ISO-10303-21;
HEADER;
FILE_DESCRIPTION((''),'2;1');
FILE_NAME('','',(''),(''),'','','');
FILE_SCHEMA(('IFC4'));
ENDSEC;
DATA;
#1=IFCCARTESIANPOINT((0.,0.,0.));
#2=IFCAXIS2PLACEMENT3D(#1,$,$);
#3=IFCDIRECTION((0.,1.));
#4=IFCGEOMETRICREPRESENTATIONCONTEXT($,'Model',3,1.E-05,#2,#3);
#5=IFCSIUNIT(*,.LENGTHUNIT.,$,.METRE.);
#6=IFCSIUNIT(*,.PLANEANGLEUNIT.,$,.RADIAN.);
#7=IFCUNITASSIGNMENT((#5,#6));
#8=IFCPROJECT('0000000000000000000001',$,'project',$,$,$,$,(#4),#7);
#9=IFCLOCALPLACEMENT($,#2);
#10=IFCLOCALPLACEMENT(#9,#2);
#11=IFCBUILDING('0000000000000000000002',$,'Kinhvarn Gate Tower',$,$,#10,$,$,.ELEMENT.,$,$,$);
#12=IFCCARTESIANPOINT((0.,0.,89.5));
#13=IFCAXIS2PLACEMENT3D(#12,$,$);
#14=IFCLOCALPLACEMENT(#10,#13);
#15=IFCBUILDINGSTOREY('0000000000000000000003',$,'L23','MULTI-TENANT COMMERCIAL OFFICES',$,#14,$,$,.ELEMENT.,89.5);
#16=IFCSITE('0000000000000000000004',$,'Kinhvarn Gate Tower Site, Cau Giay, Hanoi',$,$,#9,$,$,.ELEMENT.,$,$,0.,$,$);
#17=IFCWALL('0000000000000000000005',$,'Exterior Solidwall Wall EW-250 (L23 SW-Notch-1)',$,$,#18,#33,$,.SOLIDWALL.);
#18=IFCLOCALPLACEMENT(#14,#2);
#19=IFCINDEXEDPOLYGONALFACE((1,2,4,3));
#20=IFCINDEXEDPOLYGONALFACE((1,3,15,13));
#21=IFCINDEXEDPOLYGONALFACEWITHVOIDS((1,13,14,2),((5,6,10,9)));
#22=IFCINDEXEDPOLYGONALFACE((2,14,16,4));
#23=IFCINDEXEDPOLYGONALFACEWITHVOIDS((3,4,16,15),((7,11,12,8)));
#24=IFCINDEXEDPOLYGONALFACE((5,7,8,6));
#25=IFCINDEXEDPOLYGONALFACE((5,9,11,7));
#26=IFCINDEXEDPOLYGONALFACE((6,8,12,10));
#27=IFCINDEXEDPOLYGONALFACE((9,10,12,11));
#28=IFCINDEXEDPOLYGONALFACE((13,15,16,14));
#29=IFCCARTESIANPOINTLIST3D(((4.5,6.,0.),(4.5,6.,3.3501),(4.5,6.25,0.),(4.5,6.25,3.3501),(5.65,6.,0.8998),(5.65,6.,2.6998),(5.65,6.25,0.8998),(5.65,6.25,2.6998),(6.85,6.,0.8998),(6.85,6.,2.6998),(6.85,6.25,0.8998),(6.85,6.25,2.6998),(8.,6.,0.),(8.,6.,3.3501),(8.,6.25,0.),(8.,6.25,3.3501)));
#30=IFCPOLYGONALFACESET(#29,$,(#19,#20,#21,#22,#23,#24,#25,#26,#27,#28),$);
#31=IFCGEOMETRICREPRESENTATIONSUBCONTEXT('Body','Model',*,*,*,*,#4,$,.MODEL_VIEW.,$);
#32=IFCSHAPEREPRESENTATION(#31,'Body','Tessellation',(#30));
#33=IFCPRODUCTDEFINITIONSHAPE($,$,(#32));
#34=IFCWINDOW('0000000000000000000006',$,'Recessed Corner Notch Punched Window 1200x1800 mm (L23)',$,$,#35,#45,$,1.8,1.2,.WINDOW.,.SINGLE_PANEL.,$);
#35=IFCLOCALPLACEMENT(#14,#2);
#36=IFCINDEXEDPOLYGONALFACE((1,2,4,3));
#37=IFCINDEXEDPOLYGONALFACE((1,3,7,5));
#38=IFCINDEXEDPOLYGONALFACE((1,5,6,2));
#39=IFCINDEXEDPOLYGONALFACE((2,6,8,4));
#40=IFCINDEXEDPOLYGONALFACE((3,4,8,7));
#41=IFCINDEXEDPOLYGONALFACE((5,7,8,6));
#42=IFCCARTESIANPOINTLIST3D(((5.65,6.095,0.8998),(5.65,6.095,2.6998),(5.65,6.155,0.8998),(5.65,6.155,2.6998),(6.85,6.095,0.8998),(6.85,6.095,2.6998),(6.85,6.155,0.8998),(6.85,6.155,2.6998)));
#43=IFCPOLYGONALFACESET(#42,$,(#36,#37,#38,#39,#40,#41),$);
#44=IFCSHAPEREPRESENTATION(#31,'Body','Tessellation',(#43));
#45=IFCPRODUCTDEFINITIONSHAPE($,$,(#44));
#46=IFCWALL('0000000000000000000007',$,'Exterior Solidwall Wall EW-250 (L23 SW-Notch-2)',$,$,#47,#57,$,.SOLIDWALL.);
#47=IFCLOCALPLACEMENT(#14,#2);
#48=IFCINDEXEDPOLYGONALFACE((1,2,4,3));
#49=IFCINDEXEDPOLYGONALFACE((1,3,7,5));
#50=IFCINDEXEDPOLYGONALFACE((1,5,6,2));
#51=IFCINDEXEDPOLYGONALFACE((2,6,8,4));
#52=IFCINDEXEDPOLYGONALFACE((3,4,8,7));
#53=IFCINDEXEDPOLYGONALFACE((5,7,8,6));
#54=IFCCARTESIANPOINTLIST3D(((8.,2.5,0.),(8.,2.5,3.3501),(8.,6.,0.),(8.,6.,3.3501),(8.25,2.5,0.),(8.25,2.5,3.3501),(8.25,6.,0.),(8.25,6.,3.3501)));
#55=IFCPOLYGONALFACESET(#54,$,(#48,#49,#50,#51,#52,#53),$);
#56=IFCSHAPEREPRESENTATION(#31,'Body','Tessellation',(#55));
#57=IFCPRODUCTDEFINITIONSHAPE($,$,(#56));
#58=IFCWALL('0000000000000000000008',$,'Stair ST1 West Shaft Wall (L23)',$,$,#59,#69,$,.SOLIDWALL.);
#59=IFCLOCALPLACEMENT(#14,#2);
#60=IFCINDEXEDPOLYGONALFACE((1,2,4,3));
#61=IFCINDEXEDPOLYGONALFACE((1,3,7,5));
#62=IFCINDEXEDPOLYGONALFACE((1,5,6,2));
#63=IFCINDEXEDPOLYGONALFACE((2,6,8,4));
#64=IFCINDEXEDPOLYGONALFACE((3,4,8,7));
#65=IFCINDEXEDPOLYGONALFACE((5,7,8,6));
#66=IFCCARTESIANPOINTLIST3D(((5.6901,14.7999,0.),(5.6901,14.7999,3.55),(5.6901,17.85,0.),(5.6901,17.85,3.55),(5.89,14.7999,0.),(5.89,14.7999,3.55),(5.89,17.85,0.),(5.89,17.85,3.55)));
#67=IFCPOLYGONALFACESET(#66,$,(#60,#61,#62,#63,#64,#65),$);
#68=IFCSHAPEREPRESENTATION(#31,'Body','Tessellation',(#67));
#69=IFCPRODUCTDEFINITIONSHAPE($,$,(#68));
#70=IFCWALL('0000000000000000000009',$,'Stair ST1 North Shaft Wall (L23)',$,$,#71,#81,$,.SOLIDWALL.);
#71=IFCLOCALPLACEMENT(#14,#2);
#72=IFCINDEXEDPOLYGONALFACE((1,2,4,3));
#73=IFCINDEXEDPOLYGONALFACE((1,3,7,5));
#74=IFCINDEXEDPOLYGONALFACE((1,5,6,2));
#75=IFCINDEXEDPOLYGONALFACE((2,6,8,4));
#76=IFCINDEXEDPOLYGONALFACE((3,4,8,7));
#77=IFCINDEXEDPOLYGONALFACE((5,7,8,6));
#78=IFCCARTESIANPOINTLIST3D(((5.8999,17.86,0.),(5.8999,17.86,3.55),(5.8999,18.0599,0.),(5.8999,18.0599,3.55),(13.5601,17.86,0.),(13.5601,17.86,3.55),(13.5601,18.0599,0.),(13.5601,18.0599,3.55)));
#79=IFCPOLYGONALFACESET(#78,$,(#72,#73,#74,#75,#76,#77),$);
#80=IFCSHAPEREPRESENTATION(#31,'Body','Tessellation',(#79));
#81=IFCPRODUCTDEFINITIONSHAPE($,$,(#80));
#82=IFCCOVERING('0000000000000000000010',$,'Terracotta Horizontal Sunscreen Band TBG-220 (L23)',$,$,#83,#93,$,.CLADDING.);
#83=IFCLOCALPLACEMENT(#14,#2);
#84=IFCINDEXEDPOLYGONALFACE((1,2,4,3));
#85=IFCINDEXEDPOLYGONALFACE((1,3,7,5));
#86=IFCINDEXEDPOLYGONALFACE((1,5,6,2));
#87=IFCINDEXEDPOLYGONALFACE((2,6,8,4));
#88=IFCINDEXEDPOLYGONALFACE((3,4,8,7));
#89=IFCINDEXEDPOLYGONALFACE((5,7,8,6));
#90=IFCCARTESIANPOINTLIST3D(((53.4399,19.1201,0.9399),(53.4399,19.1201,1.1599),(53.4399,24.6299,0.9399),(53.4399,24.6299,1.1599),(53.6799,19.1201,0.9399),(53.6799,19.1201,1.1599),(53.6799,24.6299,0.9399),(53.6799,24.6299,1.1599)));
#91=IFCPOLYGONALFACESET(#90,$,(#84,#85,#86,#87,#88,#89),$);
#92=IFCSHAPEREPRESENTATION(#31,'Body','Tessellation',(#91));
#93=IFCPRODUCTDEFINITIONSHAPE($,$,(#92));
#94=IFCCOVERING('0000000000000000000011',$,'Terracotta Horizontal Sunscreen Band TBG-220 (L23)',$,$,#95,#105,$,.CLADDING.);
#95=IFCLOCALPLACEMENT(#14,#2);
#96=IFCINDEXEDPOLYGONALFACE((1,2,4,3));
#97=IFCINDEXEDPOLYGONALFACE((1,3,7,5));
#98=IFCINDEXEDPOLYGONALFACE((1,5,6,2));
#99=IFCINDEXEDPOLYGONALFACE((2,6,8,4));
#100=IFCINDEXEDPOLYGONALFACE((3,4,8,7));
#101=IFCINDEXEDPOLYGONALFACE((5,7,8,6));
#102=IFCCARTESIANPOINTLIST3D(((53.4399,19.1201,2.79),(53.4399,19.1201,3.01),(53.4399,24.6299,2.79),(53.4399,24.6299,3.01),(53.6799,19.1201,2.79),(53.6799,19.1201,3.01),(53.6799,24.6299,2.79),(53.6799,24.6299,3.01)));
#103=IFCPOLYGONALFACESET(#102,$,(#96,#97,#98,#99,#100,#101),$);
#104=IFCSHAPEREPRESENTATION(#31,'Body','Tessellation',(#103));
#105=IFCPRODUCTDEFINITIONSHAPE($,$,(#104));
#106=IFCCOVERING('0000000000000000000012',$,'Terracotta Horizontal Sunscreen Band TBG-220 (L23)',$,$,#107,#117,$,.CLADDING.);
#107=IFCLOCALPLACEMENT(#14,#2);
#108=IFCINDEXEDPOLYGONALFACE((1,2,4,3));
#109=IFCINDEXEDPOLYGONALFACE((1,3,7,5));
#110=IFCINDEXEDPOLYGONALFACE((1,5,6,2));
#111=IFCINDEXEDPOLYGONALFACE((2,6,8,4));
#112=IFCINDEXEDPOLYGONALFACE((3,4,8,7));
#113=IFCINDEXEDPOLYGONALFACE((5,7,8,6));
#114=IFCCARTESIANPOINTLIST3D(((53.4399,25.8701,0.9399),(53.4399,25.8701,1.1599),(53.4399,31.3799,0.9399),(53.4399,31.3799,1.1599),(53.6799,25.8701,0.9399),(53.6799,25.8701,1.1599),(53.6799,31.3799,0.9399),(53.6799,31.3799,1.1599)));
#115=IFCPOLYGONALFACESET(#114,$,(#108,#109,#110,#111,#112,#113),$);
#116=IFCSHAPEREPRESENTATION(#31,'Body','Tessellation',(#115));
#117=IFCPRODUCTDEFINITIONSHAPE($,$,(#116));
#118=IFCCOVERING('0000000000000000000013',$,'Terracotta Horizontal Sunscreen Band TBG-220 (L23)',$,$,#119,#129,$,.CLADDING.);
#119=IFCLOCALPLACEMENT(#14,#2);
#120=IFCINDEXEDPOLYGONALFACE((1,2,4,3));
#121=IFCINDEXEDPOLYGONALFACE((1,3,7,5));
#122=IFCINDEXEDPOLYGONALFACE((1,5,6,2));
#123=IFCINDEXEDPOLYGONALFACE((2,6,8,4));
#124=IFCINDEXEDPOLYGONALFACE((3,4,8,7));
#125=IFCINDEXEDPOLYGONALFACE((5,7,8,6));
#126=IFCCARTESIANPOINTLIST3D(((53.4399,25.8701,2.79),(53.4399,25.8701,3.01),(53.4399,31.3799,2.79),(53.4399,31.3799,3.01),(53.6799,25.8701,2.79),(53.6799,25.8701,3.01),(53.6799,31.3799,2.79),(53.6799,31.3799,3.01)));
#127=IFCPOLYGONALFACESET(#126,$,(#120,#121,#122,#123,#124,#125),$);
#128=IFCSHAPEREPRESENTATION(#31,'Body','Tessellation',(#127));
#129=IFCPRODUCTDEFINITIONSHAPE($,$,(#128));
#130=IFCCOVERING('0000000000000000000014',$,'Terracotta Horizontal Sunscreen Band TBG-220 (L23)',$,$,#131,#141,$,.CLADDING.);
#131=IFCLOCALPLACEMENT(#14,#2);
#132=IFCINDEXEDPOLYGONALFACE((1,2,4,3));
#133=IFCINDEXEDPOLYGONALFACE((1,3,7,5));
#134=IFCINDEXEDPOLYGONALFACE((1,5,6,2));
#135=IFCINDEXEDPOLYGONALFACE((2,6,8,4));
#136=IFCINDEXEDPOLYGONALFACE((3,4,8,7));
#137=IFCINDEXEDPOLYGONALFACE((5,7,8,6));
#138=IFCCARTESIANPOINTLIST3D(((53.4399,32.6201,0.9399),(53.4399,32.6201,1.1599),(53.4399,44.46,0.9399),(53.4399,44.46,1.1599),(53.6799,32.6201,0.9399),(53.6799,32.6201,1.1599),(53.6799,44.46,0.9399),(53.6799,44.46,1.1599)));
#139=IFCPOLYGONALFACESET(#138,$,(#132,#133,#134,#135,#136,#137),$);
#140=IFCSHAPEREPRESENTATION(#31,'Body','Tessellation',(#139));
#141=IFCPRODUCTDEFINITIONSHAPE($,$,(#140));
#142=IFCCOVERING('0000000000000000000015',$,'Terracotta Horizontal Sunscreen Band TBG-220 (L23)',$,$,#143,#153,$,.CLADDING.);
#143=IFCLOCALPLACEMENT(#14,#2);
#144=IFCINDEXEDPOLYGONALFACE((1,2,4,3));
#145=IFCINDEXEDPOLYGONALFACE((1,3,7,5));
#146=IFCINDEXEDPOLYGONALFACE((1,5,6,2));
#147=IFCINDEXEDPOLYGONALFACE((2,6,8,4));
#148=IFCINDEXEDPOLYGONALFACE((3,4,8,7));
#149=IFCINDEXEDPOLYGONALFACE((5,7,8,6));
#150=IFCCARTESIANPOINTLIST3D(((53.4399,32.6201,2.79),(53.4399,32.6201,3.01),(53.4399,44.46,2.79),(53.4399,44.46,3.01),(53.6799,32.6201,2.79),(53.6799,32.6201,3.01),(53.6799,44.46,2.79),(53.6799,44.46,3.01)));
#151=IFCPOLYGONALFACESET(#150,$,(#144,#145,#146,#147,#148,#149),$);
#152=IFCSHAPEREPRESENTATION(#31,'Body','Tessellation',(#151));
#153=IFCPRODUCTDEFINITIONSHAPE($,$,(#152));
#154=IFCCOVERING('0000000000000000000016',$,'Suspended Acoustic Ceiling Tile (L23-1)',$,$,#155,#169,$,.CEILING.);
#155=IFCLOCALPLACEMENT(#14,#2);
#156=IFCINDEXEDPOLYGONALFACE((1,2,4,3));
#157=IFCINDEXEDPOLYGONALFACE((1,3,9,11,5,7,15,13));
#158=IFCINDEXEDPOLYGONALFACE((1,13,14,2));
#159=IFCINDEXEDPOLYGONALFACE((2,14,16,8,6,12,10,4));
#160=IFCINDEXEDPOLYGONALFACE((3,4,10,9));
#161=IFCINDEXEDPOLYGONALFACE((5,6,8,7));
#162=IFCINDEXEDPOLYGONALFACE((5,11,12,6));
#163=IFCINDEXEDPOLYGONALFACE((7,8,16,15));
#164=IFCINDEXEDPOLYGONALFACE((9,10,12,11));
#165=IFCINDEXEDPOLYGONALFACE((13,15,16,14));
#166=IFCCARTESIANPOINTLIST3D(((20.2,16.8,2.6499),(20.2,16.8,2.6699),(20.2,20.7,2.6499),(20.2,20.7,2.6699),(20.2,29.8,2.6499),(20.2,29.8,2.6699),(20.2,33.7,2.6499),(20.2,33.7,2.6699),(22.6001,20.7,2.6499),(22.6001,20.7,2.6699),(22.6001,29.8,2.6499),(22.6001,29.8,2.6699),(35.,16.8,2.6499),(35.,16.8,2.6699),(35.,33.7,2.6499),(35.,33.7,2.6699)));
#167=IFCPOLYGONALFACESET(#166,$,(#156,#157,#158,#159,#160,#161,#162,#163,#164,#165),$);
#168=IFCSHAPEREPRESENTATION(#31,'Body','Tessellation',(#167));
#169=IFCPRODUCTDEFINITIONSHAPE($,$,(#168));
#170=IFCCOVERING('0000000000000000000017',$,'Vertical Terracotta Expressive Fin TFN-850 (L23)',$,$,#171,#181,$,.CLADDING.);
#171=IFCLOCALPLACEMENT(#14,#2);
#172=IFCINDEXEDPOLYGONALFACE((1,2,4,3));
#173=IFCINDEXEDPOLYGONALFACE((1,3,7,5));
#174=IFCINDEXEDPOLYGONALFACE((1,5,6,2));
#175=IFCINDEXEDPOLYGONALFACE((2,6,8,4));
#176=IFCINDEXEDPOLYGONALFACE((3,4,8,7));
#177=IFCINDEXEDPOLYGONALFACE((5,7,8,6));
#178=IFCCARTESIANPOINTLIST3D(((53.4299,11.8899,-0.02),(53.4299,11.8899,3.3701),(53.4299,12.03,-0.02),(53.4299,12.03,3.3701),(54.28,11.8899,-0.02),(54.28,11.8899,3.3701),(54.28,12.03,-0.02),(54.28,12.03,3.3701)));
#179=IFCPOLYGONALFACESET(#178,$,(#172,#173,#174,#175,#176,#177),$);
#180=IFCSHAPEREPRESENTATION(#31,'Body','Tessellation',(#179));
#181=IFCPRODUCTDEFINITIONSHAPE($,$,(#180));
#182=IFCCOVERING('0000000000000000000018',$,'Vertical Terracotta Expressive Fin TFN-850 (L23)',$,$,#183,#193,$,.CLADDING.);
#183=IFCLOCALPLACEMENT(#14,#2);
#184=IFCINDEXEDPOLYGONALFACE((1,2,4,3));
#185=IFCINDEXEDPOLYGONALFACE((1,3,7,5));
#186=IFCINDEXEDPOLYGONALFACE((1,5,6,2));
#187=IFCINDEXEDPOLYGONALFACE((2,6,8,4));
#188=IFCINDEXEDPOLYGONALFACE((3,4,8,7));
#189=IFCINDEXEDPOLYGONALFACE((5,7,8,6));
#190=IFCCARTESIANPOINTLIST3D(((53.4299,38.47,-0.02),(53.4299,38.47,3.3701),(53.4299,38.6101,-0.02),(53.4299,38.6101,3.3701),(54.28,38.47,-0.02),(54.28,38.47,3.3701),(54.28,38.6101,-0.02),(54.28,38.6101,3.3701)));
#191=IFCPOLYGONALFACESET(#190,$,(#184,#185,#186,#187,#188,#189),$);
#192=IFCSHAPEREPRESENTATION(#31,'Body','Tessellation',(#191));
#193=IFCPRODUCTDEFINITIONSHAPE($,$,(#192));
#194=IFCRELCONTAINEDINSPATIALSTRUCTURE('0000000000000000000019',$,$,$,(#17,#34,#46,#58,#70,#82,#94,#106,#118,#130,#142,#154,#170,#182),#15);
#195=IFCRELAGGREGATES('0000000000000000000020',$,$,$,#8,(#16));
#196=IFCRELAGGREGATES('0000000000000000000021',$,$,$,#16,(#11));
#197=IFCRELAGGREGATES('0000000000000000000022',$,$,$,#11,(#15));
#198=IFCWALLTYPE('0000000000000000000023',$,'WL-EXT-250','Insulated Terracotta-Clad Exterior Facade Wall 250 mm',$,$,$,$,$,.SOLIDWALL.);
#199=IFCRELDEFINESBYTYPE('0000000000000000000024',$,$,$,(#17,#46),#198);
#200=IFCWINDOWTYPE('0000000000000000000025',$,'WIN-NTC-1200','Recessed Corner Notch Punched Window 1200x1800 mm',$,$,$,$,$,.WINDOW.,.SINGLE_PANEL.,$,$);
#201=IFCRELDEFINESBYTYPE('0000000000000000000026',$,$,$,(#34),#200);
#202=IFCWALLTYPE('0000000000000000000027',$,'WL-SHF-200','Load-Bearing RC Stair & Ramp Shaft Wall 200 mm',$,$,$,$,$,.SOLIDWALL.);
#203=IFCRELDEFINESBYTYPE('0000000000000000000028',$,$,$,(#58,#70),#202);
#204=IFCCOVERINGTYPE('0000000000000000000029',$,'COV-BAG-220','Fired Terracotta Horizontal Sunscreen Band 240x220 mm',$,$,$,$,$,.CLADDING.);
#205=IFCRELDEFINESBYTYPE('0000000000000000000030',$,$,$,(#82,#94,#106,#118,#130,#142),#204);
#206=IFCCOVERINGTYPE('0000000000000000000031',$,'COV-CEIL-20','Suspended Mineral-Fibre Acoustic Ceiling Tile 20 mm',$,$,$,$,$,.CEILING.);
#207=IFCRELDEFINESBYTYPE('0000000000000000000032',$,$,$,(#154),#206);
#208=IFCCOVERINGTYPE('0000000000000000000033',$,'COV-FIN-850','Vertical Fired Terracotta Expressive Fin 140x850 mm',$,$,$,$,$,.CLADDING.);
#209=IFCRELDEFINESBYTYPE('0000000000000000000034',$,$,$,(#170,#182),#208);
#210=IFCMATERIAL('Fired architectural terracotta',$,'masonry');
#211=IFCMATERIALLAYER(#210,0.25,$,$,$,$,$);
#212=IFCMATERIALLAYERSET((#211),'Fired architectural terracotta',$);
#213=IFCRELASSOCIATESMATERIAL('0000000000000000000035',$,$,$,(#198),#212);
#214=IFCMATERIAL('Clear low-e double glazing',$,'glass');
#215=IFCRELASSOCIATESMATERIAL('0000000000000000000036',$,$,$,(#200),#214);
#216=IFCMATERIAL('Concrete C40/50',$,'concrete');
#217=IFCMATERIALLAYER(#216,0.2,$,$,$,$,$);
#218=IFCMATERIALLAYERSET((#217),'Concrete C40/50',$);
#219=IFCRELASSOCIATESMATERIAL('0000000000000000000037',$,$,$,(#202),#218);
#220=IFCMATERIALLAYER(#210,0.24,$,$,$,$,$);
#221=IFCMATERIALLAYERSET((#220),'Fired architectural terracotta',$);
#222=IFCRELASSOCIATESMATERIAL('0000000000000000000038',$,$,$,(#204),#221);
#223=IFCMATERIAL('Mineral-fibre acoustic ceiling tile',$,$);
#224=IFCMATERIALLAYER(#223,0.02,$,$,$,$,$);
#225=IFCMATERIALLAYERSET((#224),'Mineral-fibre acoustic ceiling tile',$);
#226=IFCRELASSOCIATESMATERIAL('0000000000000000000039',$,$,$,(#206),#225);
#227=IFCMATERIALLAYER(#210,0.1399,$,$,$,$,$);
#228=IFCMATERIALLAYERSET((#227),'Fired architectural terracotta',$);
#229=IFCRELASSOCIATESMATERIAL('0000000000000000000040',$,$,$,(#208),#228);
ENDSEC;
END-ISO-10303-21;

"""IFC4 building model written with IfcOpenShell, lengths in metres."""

from ifc_helpers import new_model, si_unit, direction, frame, frame_2d, origin, place, context, subcontext, project, spatial, polyline, rectangle, outline, extrude, material, layer, layer_set, type_object, element, fill, save


model = new_model("IFC4")

# Units and contexts
model_context = context("Model", 3, precision=1e-05, world=origin(), true_north=direction((0.0, 1.0)))
body_context = subcontext(model_context, "Body", "Model", "MODEL_VIEW")
ifc_project = project(units=[si_unit("LENGTHUNIT", "METRE"), si_unit("PLANEANGLEUNIT", "RADIAN")], contexts=[model_context])

# Site, building, storey
site_placement = place(None, origin())
site = spatial("IfcSite", under=ifc_project, at=site_placement, Name="Kinhvarn Gate Tower Site, Cau Giay, Hanoi", CompositionType="ELEMENT", RefElevation=0.0)
building_placement = place(site_placement, origin())
building = spatial("IfcBuilding", under=site, at=building_placement, Name="Kinhvarn Gate Tower", CompositionType="ELEMENT")
storey_placement = place(building_placement, frame((0.0, 0.0, 89.5)))
storey = spatial("IfcBuildingStorey", under=building, at=storey_placement, Name="L23", Description="MULTI-TENANT COMMERCIAL OFFICES", CompositionType="ELEMENT", Elevation=89.5)

# Shared definitions
ifc_material_1 = material(Name="Clear low-e double glazing", Category="glass")

# Shared definitions
ifc_material_2 = material(Name="Concrete C40/50", Category="concrete")

# Wall, opening, window
ifc_material_3 = material(Name="Fired architectural terracotta", Category="masonry")
ifc_layer_1 = layer(ifc_material_3, 0.25)
ifc_layer_set_1 = layer_set([ifc_layer_1], Name="Fired architectural terracotta")
wall_type_1 = type_object("IfcWallType", Name="WL-EXT-250", Description="Insulated Terracotta-Clad Exterior Facade Wall 250 mm", PredefinedType="SOLIDWALL", material=ifc_layer_set_1)
wall_1_placement = place(storey_placement, frame((4.5, 6.125, 0.0), z_axis=(0.0, 0.0, 1.0), x_axis=(1.0, 0.0, 0.0)))
wall_1 = element("IfcWall", 1, at=wall_1_placement, inside=storey, type_object=wall_type_1, Name="Exterior Solidwall Wall EW-250 (L23 SW-Notch-1)", PredefinedType="SOLIDWALL", context=body_context, shape_type="SweptSolid", body=[
    extrude(rectangle(XDim=3.5, YDim=0.25, at=frame_2d((1.75, 0.0))), origin(), (0.0, 0.0, 1.0), 3.3501),
])
opening_1_placement = place(wall_1_placement, frame((1.1499, 0.0, 0.8999)))
opening_1 = element("IfcOpeningElement", 2, at=opening_1_placement, cuts=wall_1, PredefinedType="OPENING", context=body_context, shape_type="SweptSolid", body=[
    extrude(rectangle(XDim=1.2, YDim=1.8, at=frame_2d((0.6001, 0.8999))), frame((0.0, 0.135, 0.0), z_axis=(0.0, -1.0, 0.0), x_axis=(1.0, 0.0, 0.0)), (0.0, 0.0, 1.0), 0.27),
])
window_type_1 = type_object("IfcWindowType", Name="WIN-NTC-1200", Description="Recessed Corner Notch Punched Window 1200x1800 mm", PartitioningType="SINGLE_PANEL", PredefinedType="WINDOW", material=ifc_material_1)
window_1_placement = place(opening_1_placement, origin())
window_1 = element("IfcWindow", 3, at=window_1_placement, inside=storey, type_object=window_type_1, Name="Recessed Corner Notch Punched Window 1200x1800 mm (L23)", OverallHeight=1.8, OverallWidth=1.2, PartitioningType="SINGLE_PANEL", PredefinedType="WINDOW", context=body_context, shape_type="SweptSolid", body=[
    extrude(rectangle(XDim=1.2, YDim=1.8, at=frame_2d((0.6001, 0.8999))), frame((0.0, 0.03, 0.0), z_axis=(0.0, -1.0, 0.0), x_axis=(1.0, 0.0, 0.0)), (0.0, 0.0, 1.0), 0.0601),
])
fill(opening_1, window_1)

# Walls
wall_2_placement = place(storey_placement, frame((8.125, 6.0, 0.0), z_axis=(0.0, 0.0, 1.0), x_axis=(0.0, -1.0, 0.0)))
element("IfcWall", 4, at=wall_2_placement, inside=storey, type_object=wall_type_1, Name="Exterior Solidwall Wall EW-250 (L23 SW-Notch-2)", PredefinedType="SOLIDWALL", context=body_context, shape_type="SweptSolid", body=[
    extrude(rectangle(XDim=3.5, YDim=0.25, at=frame_2d((1.75, 0.0))), origin(), (0.0, 0.0, 1.0), 3.3501),
])
ifc_layer_2 = layer(ifc_material_2, 0.2)
ifc_layer_set_2 = layer_set([ifc_layer_2], Name="Concrete C40/50")
wall_type_2 = type_object("IfcWallType", Name="WL-SHF-200", Description="Load-Bearing RC Stair & Ramp Shaft Wall 200 mm", PredefinedType="SOLIDWALL", material=ifc_layer_set_2)
wall_3_placement = place(storey_placement, frame((5.79, 14.8, 0.0), z_axis=(0.0, 0.0, 1.0), x_axis=(0.0, 1.0, 0.0)))
element("IfcWall", 5, at=wall_3_placement, inside=storey, type_object=wall_type_2, Name="Stair ST1 West Shaft Wall (L23)", PredefinedType="SOLIDWALL", context=body_context, shape_type="SweptSolid", body=[
    extrude(rectangle(XDim=3.05, YDim=0.2, at=frame_2d((1.5249, 0.0))), origin(), (0.0, 0.0, 1.0), 3.55),
])
wall_4_placement = place(storey_placement, frame((5.8999, 17.96, 0.0), z_axis=(0.0, 0.0, 1.0), x_axis=(1.0, 0.0, 0.0)))
element("IfcWall", 6, at=wall_4_placement, inside=storey, type_object=wall_type_2, Name="Stair ST1 North Shaft Wall (L23)", PredefinedType="SOLIDWALL", context=body_context, shape_type="SweptSolid", body=[
    extrude(rectangle(XDim=7.6602, YDim=0.2, at=frame_2d((3.8301, 0.0))), origin(), (0.0, 0.0, 1.0), 3.55),
])

# Coverings
ifc_layer_3 = layer(ifc_material_3, 0.24)
ifc_layer_set_3 = layer_set([ifc_layer_3], Name="Fired architectural terracotta")
covering_type_1 = type_object("IfcCoveringType", Name="COV-BAG-220", Description="Fired Terracotta Horizontal Sunscreen Band 240x220 mm", PredefinedType="CLADDING", material=ifc_layer_set_3)
for number, where, name in (
    (7, (0.0, 0.0, 0.9399), "Terracotta Horizontal Sunscreen Band TBG-220 (L23)"),
    (8, (0.0, 0.0, 2.79), "Terracotta Horizontal Sunscreen Band TBG-220 (L23)"),
):
    element("IfcCovering", number, at=place(storey_placement, frame(where)), inside=storey, type_object=covering_type_1, Name=name, PredefinedType="CLADDING", context=body_context, shape_type="SweptSolid", body=[
        extrude(outline(polyline([(53.4399, 19.1201), (53.4399, 24.6299), (53.6799, 24.6299), (53.6799, 19.1201), (53.4399, 19.1201)])), origin(), (0.0, 0.0, 1.0), 0.22),
    ])
for number, where, name in (
    (9, (0.0, 0.0, 0.9399), "Terracotta Horizontal Sunscreen Band TBG-220 (L23)"),
    (10, (0.0, 0.0, 2.79), "Terracotta Horizontal Sunscreen Band TBG-220 (L23)"),
):
    element("IfcCovering", number, at=place(storey_placement, frame(where)), inside=storey, type_object=covering_type_1, Name=name, PredefinedType="CLADDING", context=body_context, shape_type="SweptSolid", body=[
        extrude(outline(polyline([(53.4399, 25.8701), (53.4399, 31.3799), (53.6799, 31.3799), (53.6799, 25.8701), (53.4399, 25.8701)])), origin(), (0.0, 0.0, 1.0), 0.22),
    ])
for number, where, name in (
    (11, (0.0, 0.0, 0.9399), "Terracotta Horizontal Sunscreen Band TBG-220 (L23)"),
    (12, (0.0, 0.0, 2.79), "Terracotta Horizontal Sunscreen Band TBG-220 (L23)"),
):
    element("IfcCovering", number, at=place(storey_placement, frame(where)), inside=storey, type_object=covering_type_1, Name=name, PredefinedType="CLADDING", context=body_context, shape_type="SweptSolid", body=[
        extrude(outline(polyline([(53.4399, 32.6201), (53.4399, 44.46), (53.6799, 44.46), (53.6799, 32.6201), (53.4399, 32.6201)])), origin(), (0.0, 0.0, 1.0), 0.22),
    ])
ifc_material_4 = material(Name="Mineral-fibre acoustic ceiling tile")
ifc_layer_4 = layer(ifc_material_4, 0.02)
ifc_layer_set_4 = layer_set([ifc_layer_4], Name="Mineral-fibre acoustic ceiling tile")
covering_type_2 = type_object("IfcCoveringType", Name="COV-CEIL-20", Description="Suspended Mineral-Fibre Acoustic Ceiling Tile 20 mm", PredefinedType="CEILING", material=ifc_layer_set_4)
covering_1_placement = place(storey_placement, frame((0.0, 0.0, 2.6499)))
element("IfcCovering", 13, at=covering_1_placement, inside=storey, type_object=covering_type_2, Name="Suspended Acoustic Ceiling Tile (L23-1)", PredefinedType="CEILING", context=body_context, shape_type="SweptSolid", body=[
    extrude(outline(polyline([(35.0, 33.7), (35.0, 16.8), (20.2, 16.8), (20.2, 20.7), (22.6001, 20.7), (22.6001, 29.8), (20.2, 29.8), (20.2, 33.7), (35.0, 33.7)])), origin(), (0.0, 0.0, 1.0), 0.02),
])
ifc_layer_5 = layer(ifc_material_3, 0.1399)
ifc_layer_set_5 = layer_set([ifc_layer_5], Name="Fired architectural terracotta")
covering_type_3 = type_object("IfcCoveringType", Name="COV-FIN-850", Description="Vertical Fired Terracotta Expressive Fin 140x850 mm", PredefinedType="CLADDING", material=ifc_layer_set_5)
covering_2_placement = place(storey_placement, frame((0.0, 0.0, -0.02)))
element("IfcCovering", 14, at=covering_2_placement, inside=storey, type_object=covering_type_3, Name="Vertical Terracotta Expressive Fin TFN-850 (L23)", PredefinedType="CLADDING", context=body_context, shape_type="SweptSolid", body=[
    extrude(outline(polyline([(53.4299, 11.8899), (53.4299, 12.03), (54.28, 12.03), (54.28, 11.8899), (53.4299, 11.8899)])), origin(), (0.0, 0.0, 1.0), 3.3901),
])
covering_3_placement = place(storey_placement, frame((0.0, 0.0, -0.02)))
element("IfcCovering", 15, at=covering_3_placement, inside=storey, type_object=covering_type_3, Name="Vertical Terracotta Expressive Fin TFN-850 (L23)", PredefinedType="CLADDING", context=body_context, shape_type="SweptSolid", body=[
    extrude(outline(polyline([(53.4299, 38.47), (53.4299, 38.6101), (54.28, 38.6101), (54.28, 38.47), (53.4299, 38.47)])), origin(), (0.0, 0.0, 1.0), 3.3901),
])

save(model, "model.ifc")
